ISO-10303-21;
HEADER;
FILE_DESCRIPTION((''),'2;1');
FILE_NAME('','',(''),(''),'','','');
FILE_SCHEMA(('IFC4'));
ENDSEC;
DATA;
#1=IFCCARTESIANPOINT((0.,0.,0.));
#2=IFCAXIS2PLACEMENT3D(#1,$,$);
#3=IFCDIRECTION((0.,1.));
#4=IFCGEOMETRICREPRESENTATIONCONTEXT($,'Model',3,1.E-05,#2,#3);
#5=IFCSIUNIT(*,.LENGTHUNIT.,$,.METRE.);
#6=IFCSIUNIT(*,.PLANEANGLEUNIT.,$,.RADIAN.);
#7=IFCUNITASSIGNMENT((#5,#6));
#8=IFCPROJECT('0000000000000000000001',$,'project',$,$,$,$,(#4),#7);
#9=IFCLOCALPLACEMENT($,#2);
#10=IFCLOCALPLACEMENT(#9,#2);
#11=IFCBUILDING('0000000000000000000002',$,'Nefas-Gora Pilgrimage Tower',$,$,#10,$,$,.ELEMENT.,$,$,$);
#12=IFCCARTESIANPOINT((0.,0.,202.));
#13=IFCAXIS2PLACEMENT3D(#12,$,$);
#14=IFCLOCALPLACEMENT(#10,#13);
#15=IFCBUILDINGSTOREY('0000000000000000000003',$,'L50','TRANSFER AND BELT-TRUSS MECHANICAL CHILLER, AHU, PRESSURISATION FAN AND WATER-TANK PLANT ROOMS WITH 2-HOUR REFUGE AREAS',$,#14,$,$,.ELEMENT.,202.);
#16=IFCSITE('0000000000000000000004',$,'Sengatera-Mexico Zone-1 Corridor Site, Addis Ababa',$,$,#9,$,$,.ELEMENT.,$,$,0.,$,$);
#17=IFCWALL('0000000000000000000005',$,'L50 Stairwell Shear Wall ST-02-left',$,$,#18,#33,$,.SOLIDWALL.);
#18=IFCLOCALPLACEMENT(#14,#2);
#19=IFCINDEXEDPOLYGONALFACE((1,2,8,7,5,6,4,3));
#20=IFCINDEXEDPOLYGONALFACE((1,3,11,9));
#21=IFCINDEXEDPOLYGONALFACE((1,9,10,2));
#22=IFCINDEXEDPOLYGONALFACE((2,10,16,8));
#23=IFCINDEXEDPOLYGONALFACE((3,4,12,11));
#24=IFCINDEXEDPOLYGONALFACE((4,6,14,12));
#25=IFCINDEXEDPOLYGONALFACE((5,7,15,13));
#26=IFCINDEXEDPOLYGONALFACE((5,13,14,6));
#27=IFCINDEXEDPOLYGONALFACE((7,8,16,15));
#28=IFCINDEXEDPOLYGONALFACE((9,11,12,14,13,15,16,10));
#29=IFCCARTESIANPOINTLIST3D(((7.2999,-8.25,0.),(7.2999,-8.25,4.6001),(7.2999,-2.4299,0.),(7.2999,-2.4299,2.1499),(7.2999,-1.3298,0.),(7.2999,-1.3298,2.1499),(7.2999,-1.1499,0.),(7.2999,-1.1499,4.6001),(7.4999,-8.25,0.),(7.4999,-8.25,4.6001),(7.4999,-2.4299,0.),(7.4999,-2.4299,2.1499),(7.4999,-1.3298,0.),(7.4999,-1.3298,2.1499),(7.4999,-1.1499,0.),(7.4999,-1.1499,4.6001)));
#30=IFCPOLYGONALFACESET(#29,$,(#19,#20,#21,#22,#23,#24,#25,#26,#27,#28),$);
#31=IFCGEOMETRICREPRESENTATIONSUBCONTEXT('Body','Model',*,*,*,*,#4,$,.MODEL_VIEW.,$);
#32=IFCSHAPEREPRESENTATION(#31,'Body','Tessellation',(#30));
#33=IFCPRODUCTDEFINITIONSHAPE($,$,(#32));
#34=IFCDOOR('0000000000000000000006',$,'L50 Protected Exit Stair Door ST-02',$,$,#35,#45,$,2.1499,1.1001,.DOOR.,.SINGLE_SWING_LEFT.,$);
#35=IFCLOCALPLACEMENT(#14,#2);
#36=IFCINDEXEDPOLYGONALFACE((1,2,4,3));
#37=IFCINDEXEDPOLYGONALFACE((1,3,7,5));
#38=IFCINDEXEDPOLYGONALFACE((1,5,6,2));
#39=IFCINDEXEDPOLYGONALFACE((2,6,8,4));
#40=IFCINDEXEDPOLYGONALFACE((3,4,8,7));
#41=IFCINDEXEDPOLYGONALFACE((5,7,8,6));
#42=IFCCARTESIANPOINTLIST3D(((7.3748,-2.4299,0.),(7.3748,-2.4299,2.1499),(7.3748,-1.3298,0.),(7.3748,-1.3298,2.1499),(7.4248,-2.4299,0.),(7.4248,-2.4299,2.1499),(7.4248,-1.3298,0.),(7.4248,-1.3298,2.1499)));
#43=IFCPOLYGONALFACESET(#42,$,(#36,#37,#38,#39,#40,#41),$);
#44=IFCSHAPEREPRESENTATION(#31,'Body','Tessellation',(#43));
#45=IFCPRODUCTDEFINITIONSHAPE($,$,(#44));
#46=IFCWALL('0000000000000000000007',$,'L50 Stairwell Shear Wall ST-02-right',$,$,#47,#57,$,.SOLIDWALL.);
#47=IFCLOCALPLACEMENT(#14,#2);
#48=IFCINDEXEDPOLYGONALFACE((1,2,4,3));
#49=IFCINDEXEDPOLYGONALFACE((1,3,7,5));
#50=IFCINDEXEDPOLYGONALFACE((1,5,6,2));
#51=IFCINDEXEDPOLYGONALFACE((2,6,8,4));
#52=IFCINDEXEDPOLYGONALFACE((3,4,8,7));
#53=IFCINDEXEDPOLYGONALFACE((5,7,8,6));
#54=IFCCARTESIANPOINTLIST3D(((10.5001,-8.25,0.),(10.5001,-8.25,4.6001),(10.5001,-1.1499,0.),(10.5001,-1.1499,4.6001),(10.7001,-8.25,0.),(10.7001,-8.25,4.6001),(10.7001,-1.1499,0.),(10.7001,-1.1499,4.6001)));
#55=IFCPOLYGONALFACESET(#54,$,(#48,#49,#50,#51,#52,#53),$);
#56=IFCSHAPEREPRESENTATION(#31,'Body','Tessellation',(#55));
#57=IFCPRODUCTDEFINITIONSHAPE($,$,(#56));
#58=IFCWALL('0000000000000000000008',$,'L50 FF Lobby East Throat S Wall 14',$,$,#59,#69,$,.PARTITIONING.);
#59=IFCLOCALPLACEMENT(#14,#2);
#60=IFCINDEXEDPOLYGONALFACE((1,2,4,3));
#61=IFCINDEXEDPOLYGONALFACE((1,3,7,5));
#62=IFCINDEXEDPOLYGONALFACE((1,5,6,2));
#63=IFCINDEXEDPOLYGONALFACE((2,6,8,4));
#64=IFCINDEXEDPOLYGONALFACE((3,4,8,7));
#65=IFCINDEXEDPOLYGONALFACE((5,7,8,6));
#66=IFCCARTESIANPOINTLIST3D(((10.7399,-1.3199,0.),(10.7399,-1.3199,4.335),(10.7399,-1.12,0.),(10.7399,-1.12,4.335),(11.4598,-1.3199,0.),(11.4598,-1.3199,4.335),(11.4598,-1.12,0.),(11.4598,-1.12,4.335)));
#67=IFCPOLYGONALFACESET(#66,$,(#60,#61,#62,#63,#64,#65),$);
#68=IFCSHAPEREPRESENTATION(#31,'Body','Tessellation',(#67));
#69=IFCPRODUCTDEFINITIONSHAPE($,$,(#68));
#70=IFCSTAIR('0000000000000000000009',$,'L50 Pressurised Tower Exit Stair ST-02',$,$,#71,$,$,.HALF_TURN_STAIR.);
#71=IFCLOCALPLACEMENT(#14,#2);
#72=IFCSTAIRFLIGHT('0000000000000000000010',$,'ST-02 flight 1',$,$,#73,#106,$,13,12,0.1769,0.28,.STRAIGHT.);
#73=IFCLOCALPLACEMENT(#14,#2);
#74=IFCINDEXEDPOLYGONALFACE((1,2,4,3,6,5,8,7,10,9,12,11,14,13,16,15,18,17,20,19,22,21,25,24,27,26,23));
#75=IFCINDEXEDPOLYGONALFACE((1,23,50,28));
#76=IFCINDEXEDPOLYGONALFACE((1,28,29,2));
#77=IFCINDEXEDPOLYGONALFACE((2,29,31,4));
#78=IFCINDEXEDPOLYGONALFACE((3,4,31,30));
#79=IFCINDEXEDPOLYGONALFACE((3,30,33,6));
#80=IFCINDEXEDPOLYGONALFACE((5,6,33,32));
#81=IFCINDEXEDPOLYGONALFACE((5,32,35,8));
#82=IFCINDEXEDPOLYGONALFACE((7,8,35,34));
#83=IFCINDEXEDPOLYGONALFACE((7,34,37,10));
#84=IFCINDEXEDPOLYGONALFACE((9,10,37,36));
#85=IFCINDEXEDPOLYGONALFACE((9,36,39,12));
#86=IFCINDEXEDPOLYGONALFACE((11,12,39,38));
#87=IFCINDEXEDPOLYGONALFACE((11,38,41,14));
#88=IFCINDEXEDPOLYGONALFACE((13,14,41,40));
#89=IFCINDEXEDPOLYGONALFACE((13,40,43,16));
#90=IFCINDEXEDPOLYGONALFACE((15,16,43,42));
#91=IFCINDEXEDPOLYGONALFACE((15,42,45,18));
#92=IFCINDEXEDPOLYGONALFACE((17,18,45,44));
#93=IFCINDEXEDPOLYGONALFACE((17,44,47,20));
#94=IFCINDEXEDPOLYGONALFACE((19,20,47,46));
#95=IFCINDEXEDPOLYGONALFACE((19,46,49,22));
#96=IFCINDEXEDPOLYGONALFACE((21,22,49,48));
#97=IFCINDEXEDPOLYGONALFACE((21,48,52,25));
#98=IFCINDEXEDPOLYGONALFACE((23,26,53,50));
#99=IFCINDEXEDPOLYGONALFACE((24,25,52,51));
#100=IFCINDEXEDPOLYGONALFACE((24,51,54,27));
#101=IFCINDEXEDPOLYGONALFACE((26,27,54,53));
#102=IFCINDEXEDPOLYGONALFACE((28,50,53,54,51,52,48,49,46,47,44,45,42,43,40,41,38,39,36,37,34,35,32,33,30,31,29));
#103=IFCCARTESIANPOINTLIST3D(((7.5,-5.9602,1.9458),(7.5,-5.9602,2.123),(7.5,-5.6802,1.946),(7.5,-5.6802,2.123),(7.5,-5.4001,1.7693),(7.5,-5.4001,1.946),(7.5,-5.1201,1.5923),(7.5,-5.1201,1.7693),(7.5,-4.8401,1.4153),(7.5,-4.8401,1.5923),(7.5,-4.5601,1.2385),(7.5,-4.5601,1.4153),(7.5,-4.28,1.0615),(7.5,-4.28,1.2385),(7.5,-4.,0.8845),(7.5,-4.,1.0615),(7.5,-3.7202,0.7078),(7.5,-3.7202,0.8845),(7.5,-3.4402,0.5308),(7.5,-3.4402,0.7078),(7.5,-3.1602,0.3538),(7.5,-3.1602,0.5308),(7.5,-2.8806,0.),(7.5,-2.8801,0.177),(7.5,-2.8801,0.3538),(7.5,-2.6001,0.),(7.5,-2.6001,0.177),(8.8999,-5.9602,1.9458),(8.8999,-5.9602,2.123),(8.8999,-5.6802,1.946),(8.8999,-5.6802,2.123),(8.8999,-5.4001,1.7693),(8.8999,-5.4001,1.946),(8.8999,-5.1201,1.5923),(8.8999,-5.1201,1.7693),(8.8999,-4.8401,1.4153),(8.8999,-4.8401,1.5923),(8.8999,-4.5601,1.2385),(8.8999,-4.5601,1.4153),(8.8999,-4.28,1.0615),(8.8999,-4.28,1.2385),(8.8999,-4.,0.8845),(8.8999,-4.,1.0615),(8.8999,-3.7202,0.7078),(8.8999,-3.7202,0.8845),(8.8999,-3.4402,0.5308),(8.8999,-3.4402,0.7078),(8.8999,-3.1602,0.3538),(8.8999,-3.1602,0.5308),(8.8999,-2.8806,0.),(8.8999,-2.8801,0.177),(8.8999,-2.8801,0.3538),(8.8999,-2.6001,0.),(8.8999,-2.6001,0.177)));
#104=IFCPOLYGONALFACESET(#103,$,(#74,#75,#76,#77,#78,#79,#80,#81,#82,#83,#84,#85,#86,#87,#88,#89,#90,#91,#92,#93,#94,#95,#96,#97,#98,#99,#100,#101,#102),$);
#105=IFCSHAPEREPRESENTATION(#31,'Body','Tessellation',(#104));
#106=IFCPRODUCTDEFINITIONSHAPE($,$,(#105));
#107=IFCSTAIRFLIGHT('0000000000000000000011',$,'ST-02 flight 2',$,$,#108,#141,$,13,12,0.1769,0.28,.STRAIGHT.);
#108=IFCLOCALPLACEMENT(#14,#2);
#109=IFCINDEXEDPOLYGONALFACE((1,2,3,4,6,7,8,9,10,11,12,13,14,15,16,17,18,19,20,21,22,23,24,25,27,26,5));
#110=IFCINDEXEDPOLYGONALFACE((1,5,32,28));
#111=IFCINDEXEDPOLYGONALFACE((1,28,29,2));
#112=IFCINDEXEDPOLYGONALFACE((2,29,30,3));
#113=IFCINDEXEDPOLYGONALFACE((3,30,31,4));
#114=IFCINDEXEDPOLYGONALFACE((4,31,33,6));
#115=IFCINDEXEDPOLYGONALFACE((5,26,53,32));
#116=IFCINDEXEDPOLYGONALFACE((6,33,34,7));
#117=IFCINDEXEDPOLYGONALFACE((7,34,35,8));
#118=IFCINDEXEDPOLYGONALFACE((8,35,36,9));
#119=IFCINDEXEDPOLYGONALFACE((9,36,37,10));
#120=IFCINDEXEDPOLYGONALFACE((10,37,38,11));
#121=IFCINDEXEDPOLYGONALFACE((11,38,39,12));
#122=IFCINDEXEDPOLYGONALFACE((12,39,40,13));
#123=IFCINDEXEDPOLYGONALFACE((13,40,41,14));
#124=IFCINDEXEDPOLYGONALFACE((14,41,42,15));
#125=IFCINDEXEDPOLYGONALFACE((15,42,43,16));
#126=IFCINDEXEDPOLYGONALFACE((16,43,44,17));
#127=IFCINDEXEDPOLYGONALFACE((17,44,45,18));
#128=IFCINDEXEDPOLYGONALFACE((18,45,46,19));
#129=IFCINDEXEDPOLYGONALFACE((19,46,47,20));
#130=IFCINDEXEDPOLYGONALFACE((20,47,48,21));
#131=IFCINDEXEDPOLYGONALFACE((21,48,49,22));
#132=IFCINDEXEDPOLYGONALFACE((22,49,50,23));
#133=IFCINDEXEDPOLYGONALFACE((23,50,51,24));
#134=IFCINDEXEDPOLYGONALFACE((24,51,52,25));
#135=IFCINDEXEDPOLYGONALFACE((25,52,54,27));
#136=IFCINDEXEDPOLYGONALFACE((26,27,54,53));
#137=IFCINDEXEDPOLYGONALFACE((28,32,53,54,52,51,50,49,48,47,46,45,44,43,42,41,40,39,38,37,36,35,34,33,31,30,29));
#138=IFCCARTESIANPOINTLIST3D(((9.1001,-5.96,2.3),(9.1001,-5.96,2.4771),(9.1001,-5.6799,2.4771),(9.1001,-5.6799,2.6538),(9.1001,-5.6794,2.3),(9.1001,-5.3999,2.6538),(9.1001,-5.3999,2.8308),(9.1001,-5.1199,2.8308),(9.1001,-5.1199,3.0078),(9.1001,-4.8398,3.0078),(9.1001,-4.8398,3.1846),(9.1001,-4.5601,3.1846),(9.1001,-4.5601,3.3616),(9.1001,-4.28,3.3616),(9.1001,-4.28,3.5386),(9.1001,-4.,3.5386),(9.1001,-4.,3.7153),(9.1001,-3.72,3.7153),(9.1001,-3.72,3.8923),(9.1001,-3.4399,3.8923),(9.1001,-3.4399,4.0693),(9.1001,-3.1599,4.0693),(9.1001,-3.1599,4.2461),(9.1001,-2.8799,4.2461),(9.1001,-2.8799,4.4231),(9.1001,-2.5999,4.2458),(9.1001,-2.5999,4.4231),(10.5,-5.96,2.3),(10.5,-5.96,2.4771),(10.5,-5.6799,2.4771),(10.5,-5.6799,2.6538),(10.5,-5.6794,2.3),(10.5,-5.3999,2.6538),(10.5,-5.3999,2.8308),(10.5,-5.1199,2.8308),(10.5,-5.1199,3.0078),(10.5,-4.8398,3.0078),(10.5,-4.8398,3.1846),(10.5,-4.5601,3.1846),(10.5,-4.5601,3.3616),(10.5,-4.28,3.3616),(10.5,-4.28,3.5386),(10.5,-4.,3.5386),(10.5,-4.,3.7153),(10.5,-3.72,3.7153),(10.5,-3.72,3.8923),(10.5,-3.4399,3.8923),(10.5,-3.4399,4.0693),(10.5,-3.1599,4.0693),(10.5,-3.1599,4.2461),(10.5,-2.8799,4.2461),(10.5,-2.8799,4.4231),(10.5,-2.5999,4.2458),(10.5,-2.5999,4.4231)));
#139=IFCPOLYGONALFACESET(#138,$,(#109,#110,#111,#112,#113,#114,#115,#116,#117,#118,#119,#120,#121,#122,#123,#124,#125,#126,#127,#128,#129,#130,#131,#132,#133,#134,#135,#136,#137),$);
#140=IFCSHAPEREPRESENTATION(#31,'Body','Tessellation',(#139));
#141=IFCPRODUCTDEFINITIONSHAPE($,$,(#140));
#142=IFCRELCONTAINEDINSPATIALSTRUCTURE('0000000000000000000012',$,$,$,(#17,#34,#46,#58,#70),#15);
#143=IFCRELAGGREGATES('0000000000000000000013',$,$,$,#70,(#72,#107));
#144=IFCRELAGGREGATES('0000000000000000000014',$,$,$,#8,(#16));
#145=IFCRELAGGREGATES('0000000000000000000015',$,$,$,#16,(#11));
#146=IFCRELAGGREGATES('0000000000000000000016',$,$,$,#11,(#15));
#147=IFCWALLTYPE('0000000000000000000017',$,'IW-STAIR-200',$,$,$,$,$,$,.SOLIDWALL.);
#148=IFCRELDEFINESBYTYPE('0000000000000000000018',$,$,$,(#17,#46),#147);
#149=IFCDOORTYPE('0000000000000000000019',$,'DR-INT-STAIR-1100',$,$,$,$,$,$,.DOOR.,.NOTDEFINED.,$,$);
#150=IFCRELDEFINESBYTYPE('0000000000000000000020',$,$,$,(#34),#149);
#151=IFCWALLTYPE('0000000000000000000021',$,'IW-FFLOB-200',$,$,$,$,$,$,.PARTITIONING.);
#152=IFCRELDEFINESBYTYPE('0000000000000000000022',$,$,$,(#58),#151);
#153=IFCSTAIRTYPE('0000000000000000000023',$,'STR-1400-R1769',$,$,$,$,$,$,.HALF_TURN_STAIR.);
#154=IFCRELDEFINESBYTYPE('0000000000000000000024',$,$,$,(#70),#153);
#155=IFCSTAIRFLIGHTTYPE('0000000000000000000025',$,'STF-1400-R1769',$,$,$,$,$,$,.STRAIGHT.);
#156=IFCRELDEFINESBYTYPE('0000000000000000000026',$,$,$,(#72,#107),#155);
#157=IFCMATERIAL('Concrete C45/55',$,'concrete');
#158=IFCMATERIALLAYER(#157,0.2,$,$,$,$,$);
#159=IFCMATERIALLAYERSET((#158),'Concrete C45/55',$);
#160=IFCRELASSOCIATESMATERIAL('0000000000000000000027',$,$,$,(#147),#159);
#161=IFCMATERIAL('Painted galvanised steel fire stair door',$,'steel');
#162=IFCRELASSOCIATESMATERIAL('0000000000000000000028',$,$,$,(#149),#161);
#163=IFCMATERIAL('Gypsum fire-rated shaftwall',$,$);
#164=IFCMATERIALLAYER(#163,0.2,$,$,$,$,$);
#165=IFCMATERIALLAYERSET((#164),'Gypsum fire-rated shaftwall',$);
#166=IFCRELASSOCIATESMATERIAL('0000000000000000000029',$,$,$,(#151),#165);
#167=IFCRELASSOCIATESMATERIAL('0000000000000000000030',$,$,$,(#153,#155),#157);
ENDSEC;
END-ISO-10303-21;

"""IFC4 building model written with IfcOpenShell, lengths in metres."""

from ifc_helpers import new_model, si_unit, direction, frame, frame_2d, origin, place, context, subcontext, project, spatial, polyline, rectangle, outline, extrude, source, transform, mapped, material, layer, layer_set, type_object, element, fill, aggregate, save


model = new_model("IFC4")

# Units and contexts
model_context = context("Model", 3, precision=1e-05, world=origin(), true_north=direction((0.0, 1.0)))
body_context = subcontext(model_context, "Body", "Model", "MODEL_VIEW")
ifc_project = project(units=[si_unit("LENGTHUNIT", "METRE"), si_unit("PLANEANGLEUNIT", "RADIAN")], contexts=[model_context])

# Site, building, storey
site_placement = place(None, origin())
site = spatial("IfcSite", under=ifc_project, at=site_placement, Name="Sengatera-Mexico Zone-1 Corridor Site, Addis Ababa", CompositionType="ELEMENT", RefElevation=0.0)
building_placement = place(site_placement, origin())
building = spatial("IfcBuilding", under=site, at=building_placement, Name="Nefas-Gora Pilgrimage Tower", CompositionType="ELEMENT")
storey_placement = place(building_placement, frame((0.0, 0.0, 202.0)))
storey = spatial("IfcBuildingStorey", under=building, at=storey_placement, Name="L50", Description="TRANSFER AND BELT-TRUSS MECHANICAL CHILLER, AHU, PRESSURISATION FAN AND WATER-TANK PLANT ROOMS WITH 2-HOUR REFUGE AREAS", CompositionType="ELEMENT", Elevation=202.0)

# Shared definitions
ifc_material_1 = material(Name="Concrete C45/55", Category="concrete")
ifc_layer_1 = layer(ifc_material_1, 0.2)
ifc_layer_set_1 = layer_set([ifc_layer_1], Name="Concrete C45/55")
wall_type_1 = type_object("IfcWallType", Name="IW-STAIR-200", PredefinedType="SOLIDWALL", material=ifc_layer_set_1)

# Wall, opening, door
shared_shape_1 = source(origin(), body_context, "Body", "SweptSolid", [
    extrude(rectangle(XDim=7.1001, YDim=0.2, at=frame_2d((3.55, 0.0))), origin(), (0.0, 0.0, 1.0), 4.6001),
])
wall_1_placement = place(storey_placement, frame((7.3999, -1.1499, 0.0), z_axis=(0.0, 0.0, 1.0), x_axis=(0.0, -1.0, 0.0)))
wall_1 = element("IfcWall", 1, at=wall_1_placement, inside=storey, type_object=wall_type_1, Name="L50 Stairwell Shear Wall ST-02-left", PredefinedType="SOLIDWALL", context=body_context, shape_type="MappedRepresentation", body=[
    mapped(shared_shape_1, transform((0.0, 0.0, 0.0), x_axis=(1.0, 0.0, 0.0), y_axis=(0.0, 1.0, 0.0), z_axis=(0.0, 0.0, 1.0), scale=1.0)),
])
opening_placement = place(wall_1_placement, frame((0.1799, 0.0, 0.0)))
opening = element("IfcOpeningElement", 2, at=opening_placement, cuts=wall_1, PredefinedType="OPENING", context=body_context, shape_type="SweptSolid", body=[
    extrude(rectangle(XDim=1.1001, YDim=2.1499, at=frame_2d((0.55, 1.075))), frame((0.0, 0.1099, 0.0), z_axis=(0.0, -1.0, 0.0), x_axis=(1.0, 0.0, 0.0)), (0.0, 0.0, 1.0), 0.22),
])
ifc_material_2 = material(Name="Painted galvanised steel fire stair door", Category="steel")
door_type = type_object("IfcDoorType", Name="DR-INT-STAIR-1100", OperationType="NOTDEFINED", PredefinedType="DOOR", material=ifc_material_2)
shared_shape_2 = source(origin(), body_context, "Body", "SweptSolid", [
    extrude(rectangle(XDim=1.1001, YDim=2.1499, at=frame_2d((0.55, 1.075))), frame((0.0, 0.0249, 0.0), z_axis=(0.0, -1.0, 0.0), x_axis=(1.0, 0.0, 0.0)), (0.0, 0.0, 1.0), 0.05),
])
door_placement = place(opening_placement, origin())
door = element("IfcDoor", 3, at=door_placement, inside=storey, type_object=door_type, Name="L50 Protected Exit Stair Door ST-02", OperationType="SINGLE_SWING_LEFT", OverallHeight=2.1499, OverallWidth=1.1001, PredefinedType="DOOR", context=body_context, shape_type="MappedRepresentation", body=[
    mapped(shared_shape_2, transform((0.0, 0.0, 0.0), x_axis=(1.0, 0.0, 0.0), y_axis=(0.0, 1.0, 0.0), z_axis=(0.0, 0.0, 1.0), scale=1.0)),
])
fill(opening, door)

# Walls
wall_2_placement = place(storey_placement, frame((10.6001, -1.1499, 0.0), z_axis=(0.0, 0.0, 1.0), x_axis=(0.0, -1.0, 0.0)))
element("IfcWall", 4, at=wall_2_placement, inside=storey, type_object=wall_type_1, Name="L50 Stairwell Shear Wall ST-02-right", PredefinedType="SOLIDWALL", context=body_context, shape_type="MappedRepresentation", body=[
    mapped(shared_shape_1, transform((0.0, 0.0, 0.0), x_axis=(1.0, 0.0, 0.0), y_axis=(0.0, 1.0, 0.0), z_axis=(0.0, 0.0, 1.0), scale=1.0)),
])
ifc_material_3 = material(Name="Gypsum fire-rated shaftwall")
ifc_layer_2 = layer(ifc_material_3, 0.2)
ifc_layer_set_2 = layer_set([ifc_layer_2], Name="Gypsum fire-rated shaftwall")
wall_type_2 = type_object("IfcWallType", Name="IW-FFLOB-200", PredefinedType="PARTITIONING", material=ifc_layer_set_2)
shared_shape_3 = source(origin(), body_context, "Body", "SweptSolid", [
    extrude(rectangle(XDim=0.72, YDim=0.2, at=frame_2d((0.3599, 0.0))), origin(), (0.0, 0.0, 1.0), 4.335),
])
wall_3_placement = place(storey_placement, frame((10.74, -1.22, 0.0), z_axis=(0.0, 0.0, 1.0), x_axis=(1.0, 0.0, 0.0)))
element("IfcWall", 5, at=wall_3_placement, inside=storey, type_object=wall_type_2, Name="L50 FF Lobby East Throat S Wall 14", PredefinedType="PARTITIONING", context=body_context, shape_type="MappedRepresentation", body=[
    mapped(shared_shape_3, transform((0.0, 0.0, 0.0), x_axis=(1.0, 0.0, 0.0), y_axis=(0.0, 1.0, 0.0), z_axis=(0.0, 0.0, 1.0), scale=1.0)),
])

# Stair, stair flights
stair_type = type_object("IfcStairType", Name="STR-1400-R1769", PredefinedType="HALF_TURN_STAIR", material=ifc_material_1)
stair_placement = place(storey_placement, origin())
stair = element("IfcStair", 6, at=stair_placement, inside=storey, type_object=stair_type, Name="L50 Pressurised Tower Exit Stair ST-02", PredefinedType="HALF_TURN_STAIR")
stair_flight_type = type_object("IfcStairFlightType", Name="STF-1400-R1769", PredefinedType="STRAIGHT", material=ifc_material_1)
shared_shape_4 = source(origin(), body_context, "Body", "SweptSolid", [
    extrude(outline(polyline([(0.0, 0.0), (0.0, 0.177), (0.28, 0.177), (0.28, 0.3538), (0.5601, 0.3538), (0.5601, 0.5308), (0.8401, 0.5308), (0.8401, 0.7078), (1.1201, 0.7078), (1.1201, 0.8845), (1.3999, 0.8845), (1.3999, 1.0615), (1.6799, 1.0615), (1.6799, 1.2385), (1.96, 1.2385), (1.96, 1.4153), (2.24, 1.4153), (2.24, 1.5923), (2.52, 1.5923), (2.52, 1.7693), (2.8, 1.7693), (2.8, 1.946), (3.0801, 1.946), (3.0801, 2.123), (3.3601, 2.123), (3.3601, 2.3), (3.3601, 1.9458), (0.2805, 0.0), (0.0, 0.0)])), frame((0.0, 0.7, 0.0), z_axis=(0.0, -1.0, 0.0), x_axis=(1.0, 0.0, 0.0)), (0.0, 0.0, 1.0), 1.3999),
])
stair_flight_1_placement = place(storey_placement, frame((8.2, -2.6001, 0.0), z_axis=(0.0, 0.0, 1.0), x_axis=(0.0, -1.0, 0.0)))
stair_flight_1 = element("IfcStairFlight", 7, at=stair_flight_1_placement, type_object=stair_flight_type, Name="ST-02 flight 1", NumberOfRisers=13, NumberOfTreads=12, PredefinedType="STRAIGHT", RiserHeight=0.1769, TreadLength=0.28, context=body_context, shape_type="MappedRepresentation", body=[
    mapped(shared_shape_4, transform((0.0, 0.0, 0.0), x_axis=(1.0, 0.0, 0.0), y_axis=(0.0, 1.0, 0.0), z_axis=(0.0, 0.0, 1.0), scale=1.0)),
])
stair_flight_2_placement = place(storey_placement, frame((9.8, -5.96, 2.3), z_axis=(0.0, 0.0, 1.0), x_axis=(0.0, 1.0, 0.0)))
stair_flight_2 = element("IfcStairFlight", 8, at=stair_flight_2_placement, type_object=stair_flight_type, Name="ST-02 flight 2", NumberOfRisers=13, NumberOfTreads=12, PredefinedType="STRAIGHT", RiserHeight=0.1769, TreadLength=0.28, context=body_context, shape_type="MappedRepresentation", body=[
    mapped(shared_shape_4, transform((0.0, 0.0, 0.0), x_axis=(1.0, 0.0, 0.0), y_axis=(0.0, 1.0, 0.0), z_axis=(0.0, 0.0, 1.0), scale=1.0)),
])
aggregate(stair, [stair_flight_1, stair_flight_2])

save(model, "model.ifc")
